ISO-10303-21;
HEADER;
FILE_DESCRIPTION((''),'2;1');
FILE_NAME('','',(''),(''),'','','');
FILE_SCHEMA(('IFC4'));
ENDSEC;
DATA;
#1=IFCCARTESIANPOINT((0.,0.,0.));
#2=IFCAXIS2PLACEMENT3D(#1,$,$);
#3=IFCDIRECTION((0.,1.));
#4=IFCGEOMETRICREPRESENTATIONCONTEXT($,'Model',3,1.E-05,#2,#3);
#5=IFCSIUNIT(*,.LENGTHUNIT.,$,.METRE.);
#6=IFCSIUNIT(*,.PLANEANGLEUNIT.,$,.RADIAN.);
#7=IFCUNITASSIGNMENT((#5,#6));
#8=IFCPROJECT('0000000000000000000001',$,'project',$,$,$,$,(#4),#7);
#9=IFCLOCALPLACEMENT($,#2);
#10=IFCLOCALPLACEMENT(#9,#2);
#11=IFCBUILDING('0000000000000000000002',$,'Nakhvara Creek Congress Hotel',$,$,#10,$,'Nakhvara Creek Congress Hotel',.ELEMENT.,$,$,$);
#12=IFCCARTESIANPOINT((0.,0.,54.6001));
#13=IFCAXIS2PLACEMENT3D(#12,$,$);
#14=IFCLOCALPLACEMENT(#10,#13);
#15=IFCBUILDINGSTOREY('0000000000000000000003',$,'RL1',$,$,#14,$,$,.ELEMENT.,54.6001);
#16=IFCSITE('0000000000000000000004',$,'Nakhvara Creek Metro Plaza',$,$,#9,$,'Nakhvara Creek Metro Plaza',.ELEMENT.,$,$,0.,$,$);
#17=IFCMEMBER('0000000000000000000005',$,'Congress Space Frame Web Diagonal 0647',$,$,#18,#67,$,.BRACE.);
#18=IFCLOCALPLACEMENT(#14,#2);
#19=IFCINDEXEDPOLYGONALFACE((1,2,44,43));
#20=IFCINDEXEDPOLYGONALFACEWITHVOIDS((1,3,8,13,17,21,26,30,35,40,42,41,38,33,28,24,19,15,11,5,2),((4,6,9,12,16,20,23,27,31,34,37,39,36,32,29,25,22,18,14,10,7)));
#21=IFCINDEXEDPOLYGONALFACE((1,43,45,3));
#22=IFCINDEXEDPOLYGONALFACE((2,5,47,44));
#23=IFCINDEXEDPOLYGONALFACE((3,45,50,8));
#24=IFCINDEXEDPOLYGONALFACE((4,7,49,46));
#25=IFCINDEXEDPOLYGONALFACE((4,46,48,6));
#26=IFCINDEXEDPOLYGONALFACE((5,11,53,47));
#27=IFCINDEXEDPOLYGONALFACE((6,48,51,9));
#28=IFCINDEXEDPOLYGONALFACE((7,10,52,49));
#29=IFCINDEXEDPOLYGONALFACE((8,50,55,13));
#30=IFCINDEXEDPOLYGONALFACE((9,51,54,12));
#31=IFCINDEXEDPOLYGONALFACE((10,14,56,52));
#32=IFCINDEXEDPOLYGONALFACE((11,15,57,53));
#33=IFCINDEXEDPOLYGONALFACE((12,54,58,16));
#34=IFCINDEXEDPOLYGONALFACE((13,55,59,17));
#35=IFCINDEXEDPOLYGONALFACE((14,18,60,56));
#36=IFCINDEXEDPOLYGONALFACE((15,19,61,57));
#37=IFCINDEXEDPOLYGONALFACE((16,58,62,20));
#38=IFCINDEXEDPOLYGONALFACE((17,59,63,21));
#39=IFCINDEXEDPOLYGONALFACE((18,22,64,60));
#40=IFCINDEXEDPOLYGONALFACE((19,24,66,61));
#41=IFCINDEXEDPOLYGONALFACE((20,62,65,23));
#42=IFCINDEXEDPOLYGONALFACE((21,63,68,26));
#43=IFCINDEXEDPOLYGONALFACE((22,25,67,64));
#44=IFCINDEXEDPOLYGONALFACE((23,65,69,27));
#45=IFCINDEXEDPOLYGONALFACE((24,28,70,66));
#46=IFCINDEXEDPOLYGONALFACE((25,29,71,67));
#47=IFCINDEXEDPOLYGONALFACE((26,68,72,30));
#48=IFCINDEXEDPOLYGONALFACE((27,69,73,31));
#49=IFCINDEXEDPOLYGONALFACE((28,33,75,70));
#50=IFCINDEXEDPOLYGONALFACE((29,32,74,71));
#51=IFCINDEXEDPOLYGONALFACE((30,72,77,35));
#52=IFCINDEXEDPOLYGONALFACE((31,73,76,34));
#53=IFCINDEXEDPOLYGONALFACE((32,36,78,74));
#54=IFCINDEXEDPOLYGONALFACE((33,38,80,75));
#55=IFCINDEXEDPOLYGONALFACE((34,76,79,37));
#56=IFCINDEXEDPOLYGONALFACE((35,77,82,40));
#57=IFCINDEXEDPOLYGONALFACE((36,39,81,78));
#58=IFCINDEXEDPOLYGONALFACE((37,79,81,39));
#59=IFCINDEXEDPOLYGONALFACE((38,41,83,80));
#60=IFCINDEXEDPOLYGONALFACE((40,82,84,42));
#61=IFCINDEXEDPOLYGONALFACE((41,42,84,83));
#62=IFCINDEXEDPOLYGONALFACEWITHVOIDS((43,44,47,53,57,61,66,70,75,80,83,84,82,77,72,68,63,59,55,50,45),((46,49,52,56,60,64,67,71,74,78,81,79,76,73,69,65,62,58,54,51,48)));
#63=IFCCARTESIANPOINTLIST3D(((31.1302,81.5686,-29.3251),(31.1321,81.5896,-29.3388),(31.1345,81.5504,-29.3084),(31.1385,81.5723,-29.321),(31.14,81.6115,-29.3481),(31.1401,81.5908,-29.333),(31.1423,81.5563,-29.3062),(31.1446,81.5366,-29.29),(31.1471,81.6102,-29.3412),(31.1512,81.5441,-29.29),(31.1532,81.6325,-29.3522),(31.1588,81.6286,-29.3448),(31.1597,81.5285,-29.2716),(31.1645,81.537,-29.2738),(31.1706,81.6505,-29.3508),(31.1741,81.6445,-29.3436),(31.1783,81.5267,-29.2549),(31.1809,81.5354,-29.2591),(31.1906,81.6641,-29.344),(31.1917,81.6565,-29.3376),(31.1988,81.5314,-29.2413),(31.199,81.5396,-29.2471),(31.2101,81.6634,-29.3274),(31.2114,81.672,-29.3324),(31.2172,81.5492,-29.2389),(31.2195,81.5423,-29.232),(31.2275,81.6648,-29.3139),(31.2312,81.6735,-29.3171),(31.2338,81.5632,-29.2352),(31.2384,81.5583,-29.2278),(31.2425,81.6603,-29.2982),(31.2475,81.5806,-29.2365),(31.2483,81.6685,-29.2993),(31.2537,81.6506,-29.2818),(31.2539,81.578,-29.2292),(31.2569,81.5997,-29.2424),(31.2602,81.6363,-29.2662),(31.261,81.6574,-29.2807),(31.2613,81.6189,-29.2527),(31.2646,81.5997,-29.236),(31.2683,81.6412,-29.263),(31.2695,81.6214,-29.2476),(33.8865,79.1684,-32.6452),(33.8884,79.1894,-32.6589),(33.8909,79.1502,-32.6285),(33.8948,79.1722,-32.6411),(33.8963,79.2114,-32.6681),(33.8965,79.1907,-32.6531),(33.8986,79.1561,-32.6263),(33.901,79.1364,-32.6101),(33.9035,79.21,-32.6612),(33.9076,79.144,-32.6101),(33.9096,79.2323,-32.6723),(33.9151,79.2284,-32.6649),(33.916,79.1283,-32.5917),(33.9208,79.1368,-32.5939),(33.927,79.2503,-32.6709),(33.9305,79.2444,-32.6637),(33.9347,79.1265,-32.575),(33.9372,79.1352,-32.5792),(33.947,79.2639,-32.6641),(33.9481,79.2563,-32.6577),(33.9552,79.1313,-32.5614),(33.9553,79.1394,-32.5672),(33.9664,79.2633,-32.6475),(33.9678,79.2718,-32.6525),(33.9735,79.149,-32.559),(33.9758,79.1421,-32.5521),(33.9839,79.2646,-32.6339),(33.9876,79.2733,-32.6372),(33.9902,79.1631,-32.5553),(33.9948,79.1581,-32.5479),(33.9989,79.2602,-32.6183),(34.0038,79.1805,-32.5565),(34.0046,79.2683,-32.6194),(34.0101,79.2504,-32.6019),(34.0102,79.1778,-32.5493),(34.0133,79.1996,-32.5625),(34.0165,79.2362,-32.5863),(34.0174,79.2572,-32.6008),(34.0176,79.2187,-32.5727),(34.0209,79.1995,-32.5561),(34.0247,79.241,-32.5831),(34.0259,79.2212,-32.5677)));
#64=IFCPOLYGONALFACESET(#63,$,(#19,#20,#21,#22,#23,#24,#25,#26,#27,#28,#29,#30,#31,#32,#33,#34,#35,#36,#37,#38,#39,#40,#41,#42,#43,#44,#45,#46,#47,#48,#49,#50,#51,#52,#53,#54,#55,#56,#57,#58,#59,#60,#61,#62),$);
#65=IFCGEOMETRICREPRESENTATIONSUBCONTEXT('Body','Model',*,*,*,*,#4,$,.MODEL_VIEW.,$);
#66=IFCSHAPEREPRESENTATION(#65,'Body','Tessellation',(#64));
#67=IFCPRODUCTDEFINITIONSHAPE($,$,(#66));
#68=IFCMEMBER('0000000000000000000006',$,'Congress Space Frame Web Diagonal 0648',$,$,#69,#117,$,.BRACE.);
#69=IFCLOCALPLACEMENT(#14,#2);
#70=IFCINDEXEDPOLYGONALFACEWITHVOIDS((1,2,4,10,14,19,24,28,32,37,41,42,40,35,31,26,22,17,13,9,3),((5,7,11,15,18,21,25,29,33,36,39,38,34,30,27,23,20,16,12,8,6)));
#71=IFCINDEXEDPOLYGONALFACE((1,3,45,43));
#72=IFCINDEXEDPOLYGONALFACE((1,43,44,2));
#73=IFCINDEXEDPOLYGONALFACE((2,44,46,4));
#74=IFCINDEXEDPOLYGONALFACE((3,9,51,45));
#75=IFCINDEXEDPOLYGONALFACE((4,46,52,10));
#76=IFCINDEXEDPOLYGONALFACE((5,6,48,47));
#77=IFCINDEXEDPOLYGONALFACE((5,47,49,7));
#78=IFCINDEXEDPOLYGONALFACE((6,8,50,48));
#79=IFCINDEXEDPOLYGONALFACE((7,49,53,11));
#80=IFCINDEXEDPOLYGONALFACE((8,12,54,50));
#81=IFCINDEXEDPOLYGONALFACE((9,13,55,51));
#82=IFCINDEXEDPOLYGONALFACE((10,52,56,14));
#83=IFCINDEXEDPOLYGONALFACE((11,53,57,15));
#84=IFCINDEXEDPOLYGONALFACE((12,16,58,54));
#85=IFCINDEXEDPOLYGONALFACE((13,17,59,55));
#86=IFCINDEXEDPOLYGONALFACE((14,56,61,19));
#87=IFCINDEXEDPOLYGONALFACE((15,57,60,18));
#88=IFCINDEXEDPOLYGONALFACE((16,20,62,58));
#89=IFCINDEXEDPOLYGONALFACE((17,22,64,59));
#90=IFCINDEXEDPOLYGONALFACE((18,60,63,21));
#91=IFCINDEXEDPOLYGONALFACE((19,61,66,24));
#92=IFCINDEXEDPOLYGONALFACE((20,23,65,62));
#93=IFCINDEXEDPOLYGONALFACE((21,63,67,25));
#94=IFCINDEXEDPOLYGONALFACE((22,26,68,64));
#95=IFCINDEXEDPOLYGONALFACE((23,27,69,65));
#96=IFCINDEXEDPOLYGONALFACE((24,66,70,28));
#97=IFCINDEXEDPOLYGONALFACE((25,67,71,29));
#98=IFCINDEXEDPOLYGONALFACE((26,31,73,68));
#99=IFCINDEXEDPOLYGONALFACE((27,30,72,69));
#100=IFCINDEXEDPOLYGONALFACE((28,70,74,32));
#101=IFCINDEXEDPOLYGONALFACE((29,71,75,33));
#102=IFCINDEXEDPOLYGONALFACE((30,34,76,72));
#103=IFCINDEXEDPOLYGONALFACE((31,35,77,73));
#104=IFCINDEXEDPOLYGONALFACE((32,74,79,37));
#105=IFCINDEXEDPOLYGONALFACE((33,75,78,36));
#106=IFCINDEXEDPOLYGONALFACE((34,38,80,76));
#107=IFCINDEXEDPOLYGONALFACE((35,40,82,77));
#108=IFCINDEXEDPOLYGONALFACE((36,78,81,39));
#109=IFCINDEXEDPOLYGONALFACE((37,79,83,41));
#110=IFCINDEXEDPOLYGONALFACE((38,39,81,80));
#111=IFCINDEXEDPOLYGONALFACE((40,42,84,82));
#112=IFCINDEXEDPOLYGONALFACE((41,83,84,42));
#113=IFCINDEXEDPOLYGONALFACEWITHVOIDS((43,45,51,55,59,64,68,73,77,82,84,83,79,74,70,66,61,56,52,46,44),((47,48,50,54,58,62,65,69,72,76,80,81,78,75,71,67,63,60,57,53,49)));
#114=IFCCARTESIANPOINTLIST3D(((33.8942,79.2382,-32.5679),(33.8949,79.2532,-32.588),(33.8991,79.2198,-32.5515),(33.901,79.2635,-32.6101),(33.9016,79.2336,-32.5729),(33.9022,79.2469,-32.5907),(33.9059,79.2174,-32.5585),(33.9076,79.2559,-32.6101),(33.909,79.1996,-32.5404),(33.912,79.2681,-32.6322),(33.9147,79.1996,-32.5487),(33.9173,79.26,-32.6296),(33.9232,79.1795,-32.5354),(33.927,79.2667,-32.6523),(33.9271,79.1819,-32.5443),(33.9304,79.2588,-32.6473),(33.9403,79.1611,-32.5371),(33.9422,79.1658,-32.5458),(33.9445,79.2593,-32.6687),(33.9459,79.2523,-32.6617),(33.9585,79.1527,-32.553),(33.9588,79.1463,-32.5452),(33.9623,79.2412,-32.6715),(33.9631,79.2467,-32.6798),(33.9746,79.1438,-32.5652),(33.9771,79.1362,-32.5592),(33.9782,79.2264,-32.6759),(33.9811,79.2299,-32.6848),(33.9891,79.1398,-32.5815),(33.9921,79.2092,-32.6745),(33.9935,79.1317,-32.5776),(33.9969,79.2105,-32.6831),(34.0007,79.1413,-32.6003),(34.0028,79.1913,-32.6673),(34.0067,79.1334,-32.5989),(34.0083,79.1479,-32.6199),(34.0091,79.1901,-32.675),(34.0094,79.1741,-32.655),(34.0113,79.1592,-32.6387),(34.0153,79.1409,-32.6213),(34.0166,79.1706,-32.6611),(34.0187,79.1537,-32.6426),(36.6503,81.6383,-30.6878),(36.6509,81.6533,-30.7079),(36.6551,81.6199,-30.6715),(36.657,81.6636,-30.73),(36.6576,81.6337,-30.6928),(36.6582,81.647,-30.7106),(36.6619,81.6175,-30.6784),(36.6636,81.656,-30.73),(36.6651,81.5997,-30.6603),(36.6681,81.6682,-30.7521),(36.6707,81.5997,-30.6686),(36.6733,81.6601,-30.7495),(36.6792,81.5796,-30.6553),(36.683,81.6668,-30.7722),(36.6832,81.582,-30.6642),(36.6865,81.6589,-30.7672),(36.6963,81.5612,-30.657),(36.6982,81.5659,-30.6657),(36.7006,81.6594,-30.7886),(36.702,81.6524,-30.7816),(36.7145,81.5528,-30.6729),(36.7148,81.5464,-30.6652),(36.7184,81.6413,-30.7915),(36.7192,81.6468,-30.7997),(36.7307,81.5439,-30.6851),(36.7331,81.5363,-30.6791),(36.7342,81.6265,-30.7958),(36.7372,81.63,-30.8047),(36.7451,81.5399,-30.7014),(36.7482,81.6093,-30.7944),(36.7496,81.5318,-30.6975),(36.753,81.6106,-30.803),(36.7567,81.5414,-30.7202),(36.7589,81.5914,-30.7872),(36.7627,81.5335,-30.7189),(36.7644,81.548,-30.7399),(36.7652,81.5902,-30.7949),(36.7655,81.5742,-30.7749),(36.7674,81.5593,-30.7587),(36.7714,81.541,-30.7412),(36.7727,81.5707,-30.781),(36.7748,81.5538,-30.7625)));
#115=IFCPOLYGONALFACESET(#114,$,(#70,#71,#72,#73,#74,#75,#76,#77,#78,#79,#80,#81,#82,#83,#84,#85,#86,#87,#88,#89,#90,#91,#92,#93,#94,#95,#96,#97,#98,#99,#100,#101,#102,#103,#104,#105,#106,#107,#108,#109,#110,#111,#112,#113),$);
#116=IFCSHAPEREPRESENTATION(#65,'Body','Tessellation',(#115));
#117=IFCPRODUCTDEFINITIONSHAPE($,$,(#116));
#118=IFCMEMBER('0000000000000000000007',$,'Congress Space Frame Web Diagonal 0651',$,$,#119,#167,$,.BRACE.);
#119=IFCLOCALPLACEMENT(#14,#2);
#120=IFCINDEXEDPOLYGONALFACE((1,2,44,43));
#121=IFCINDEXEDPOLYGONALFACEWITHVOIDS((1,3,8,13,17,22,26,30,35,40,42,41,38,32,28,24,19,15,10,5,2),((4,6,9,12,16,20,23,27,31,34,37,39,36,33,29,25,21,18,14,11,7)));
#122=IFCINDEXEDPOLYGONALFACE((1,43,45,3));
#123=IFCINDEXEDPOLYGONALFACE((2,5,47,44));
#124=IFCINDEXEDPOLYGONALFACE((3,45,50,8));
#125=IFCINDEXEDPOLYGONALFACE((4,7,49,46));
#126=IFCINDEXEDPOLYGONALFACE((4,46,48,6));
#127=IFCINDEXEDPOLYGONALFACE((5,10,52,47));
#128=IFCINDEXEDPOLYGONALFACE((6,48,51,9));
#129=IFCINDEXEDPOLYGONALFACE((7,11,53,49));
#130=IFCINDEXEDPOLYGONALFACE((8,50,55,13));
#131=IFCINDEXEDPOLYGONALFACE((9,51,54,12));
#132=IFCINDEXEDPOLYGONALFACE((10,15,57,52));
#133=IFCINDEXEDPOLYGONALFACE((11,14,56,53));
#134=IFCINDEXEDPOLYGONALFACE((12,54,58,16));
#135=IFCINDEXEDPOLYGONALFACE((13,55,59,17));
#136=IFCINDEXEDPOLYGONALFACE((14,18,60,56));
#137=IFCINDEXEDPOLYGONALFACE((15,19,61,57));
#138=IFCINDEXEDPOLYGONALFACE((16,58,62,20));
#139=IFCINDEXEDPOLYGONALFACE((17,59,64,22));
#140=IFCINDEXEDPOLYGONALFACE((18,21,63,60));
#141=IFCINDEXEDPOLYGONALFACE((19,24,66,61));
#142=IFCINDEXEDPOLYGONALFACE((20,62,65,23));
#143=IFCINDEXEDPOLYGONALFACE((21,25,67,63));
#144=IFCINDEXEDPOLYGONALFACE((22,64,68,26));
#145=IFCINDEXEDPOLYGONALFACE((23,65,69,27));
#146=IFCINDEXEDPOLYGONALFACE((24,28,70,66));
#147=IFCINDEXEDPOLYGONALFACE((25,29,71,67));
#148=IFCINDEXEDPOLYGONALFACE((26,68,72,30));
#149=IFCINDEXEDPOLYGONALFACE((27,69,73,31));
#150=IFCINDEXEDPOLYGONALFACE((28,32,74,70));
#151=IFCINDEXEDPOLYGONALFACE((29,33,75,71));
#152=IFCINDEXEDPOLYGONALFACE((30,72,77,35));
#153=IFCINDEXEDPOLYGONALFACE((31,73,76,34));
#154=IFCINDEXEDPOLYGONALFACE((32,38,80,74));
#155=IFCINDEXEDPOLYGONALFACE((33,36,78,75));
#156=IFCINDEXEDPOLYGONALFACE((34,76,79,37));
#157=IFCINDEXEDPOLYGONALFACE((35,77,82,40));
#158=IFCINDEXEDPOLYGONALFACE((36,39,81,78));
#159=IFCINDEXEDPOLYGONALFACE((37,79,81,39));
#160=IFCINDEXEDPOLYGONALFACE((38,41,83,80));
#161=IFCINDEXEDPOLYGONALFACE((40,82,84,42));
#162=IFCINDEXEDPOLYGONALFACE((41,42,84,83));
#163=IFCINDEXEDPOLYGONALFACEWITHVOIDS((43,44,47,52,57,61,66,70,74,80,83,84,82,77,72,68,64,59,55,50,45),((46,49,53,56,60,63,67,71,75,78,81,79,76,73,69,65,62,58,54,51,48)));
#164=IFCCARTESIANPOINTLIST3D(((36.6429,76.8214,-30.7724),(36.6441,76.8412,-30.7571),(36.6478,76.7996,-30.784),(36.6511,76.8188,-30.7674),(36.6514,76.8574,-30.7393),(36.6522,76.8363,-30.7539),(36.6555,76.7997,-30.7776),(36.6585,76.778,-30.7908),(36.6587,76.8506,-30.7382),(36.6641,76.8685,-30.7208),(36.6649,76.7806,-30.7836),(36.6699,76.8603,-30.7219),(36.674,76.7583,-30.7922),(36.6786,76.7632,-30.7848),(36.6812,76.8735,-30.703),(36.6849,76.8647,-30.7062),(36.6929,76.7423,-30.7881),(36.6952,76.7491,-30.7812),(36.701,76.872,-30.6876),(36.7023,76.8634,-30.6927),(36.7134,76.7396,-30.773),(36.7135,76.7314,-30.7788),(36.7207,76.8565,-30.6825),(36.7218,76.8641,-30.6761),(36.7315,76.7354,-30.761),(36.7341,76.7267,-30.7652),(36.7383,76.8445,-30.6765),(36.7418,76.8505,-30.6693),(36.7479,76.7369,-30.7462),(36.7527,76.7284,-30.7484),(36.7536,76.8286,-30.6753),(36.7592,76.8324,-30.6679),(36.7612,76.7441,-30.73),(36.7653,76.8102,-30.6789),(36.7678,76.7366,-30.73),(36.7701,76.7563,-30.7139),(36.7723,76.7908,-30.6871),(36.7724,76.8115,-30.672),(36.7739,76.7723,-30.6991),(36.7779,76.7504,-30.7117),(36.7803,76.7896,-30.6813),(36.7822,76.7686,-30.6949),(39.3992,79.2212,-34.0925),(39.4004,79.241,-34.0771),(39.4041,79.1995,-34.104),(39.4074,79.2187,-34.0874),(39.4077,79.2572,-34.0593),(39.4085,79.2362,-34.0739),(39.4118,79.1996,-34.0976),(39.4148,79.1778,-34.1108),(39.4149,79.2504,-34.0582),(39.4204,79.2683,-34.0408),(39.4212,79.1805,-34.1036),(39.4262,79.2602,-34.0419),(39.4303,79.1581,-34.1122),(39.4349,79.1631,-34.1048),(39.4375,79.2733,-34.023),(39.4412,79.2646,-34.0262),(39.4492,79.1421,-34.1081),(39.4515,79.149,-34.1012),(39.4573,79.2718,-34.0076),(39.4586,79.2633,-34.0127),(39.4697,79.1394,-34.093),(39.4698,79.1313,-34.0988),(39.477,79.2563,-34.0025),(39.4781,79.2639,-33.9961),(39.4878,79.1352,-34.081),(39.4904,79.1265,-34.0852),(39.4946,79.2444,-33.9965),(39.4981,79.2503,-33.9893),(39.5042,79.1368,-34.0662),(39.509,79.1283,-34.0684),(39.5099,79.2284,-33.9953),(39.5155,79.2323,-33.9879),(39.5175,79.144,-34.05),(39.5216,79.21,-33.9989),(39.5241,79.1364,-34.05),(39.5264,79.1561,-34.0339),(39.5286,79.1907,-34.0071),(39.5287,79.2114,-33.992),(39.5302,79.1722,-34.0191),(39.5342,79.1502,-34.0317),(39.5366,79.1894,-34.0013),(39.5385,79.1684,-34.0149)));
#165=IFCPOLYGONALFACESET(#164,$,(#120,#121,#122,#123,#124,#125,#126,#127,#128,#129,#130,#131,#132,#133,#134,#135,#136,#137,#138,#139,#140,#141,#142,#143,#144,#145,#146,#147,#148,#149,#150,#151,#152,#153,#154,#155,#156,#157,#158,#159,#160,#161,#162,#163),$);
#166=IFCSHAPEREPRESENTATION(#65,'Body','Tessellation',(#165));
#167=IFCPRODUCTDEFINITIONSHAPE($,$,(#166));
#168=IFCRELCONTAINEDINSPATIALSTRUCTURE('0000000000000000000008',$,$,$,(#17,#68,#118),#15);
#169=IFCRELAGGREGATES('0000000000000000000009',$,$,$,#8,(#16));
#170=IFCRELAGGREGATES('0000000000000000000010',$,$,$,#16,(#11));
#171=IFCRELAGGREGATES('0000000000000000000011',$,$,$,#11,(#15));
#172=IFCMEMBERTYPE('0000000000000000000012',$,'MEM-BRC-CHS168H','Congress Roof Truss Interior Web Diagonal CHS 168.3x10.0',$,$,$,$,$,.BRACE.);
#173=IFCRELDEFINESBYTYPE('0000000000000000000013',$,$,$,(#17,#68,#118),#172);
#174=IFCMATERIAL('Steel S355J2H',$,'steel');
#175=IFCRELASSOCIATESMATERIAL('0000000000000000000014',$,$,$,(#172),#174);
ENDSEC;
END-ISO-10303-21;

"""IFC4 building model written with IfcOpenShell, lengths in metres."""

from ifc_helpers import new_model, si_unit, direction, frame, origin, origin_2d, place, context, subcontext, project, spatial, hollow_circle, extrude, material, material_profile, profile_set, type_object, element, save


model = new_model("IFC4")

# Units and contexts
model_context = context("Model", 3, precision=1e-05, world=origin(), true_north=direction((0.0, 1.0)))
body_context = subcontext(model_context, "Body", "Model", "MODEL_VIEW")
ifc_project = project(units=[si_unit("LENGTHUNIT", "METRE"), si_unit("PLANEANGLEUNIT", "RADIAN")], contexts=[model_context])

# Site, building, storey
site_placement = place(None, origin())
site = spatial("IfcSite", under=ifc_project, at=site_placement, Name="Nakhvara Creek Metro Plaza", LongName="Nakhvara Creek Metro Plaza", CompositionType="ELEMENT", RefElevation=0.0)
building_placement = place(site_placement, origin())
building = spatial("IfcBuilding", under=site, at=building_placement, Name="Nakhvara Creek Congress Hotel", LongName="Nakhvara Creek Congress Hotel", CompositionType="ELEMENT")
storey_placement = place(building_placement, frame((0.0, 0.0, 54.6001)))
storey = spatial("IfcBuildingStorey", under=building, at=storey_placement, Name="RL1", CompositionType="ELEMENT", Elevation=54.6001)

# Members
ifc_material_1 = material(Name="Steel S355J2H", Category="steel")
ifc_material_profile_1 = material_profile(ifc_material_1, hollow_circle(Radius=0.0842, WallThickness=0.01, at=origin_2d()), Name="CHS 168.3x10.0", Category="LoadBearing")
ifc_profile_set_1 = profile_set([ifc_material_profile_1], Name="Steel S355J2H")
member_type_1 = type_object("IfcMemberType", Name="MEM-BRC-CHS168H", Description="Congress Roof Truss Interior Web Diagonal CHS 168.3x10.0", PredefinedType="BRACE", material=ifc_profile_set_1)
member_1_placement = place(storey_placement, frame((33.9563, 79.2, -32.6101), z_axis=(-0.558224, 0.486085, 0.67239), x_axis=(-0.656696, -0.754155, 0.0)))
element("IfcMember", 1, at=member_1_placement, inside=storey, type_object=member_type_1, Name="Congress Space Frame Web Diagonal 0647", PredefinedType="BRACE", context=body_context, shape_type="SweptSolid", body=[
    extrude(hollow_circle(Radius=0.0842, WallThickness=0.01, at=origin_2d()), origin(), (0.0, 0.0, 1.0), 4.9377),
])
member_2_placement = place(storey_placement, frame((33.9563, 79.2, -32.6101), z_axis=(0.670593, 0.583984, 0.457457), x_axis=(-0.656729, 0.754126, 0.0)))
element("IfcMember", 2, at=member_2_placement, inside=storey, type_object=member_type_1, Name="Congress Space Frame Web Diagonal 0648", PredefinedType="BRACE", context=body_context, shape_type="SweptSolid", body=[
    extrude(hollow_circle(Radius=0.0842, WallThickness=0.01, at=origin_2d()), origin(), (0.0, 0.0, 1.0), 4.1099),
])
member_3_placement = place(storey_placement, frame((39.4688, 79.2, -34.05), z_axis=(-0.558237, -0.486047, 0.672406), x_axis=(0.656658, -0.754188, 0.0)))
element("IfcMember", 3, at=member_3_placement, inside=storey, type_object=member_type_1, Name="Congress Space Frame Web Diagonal 0651", PredefinedType="BRACE", context=body_context, shape_type="SweptSolid", body=[
    extrude(hollow_circle(Radius=0.0842, WallThickness=0.01, at=origin_2d()), origin(), (0.0, 0.0, 1.0), 4.9375),
])

save(model, "model.ifc")
